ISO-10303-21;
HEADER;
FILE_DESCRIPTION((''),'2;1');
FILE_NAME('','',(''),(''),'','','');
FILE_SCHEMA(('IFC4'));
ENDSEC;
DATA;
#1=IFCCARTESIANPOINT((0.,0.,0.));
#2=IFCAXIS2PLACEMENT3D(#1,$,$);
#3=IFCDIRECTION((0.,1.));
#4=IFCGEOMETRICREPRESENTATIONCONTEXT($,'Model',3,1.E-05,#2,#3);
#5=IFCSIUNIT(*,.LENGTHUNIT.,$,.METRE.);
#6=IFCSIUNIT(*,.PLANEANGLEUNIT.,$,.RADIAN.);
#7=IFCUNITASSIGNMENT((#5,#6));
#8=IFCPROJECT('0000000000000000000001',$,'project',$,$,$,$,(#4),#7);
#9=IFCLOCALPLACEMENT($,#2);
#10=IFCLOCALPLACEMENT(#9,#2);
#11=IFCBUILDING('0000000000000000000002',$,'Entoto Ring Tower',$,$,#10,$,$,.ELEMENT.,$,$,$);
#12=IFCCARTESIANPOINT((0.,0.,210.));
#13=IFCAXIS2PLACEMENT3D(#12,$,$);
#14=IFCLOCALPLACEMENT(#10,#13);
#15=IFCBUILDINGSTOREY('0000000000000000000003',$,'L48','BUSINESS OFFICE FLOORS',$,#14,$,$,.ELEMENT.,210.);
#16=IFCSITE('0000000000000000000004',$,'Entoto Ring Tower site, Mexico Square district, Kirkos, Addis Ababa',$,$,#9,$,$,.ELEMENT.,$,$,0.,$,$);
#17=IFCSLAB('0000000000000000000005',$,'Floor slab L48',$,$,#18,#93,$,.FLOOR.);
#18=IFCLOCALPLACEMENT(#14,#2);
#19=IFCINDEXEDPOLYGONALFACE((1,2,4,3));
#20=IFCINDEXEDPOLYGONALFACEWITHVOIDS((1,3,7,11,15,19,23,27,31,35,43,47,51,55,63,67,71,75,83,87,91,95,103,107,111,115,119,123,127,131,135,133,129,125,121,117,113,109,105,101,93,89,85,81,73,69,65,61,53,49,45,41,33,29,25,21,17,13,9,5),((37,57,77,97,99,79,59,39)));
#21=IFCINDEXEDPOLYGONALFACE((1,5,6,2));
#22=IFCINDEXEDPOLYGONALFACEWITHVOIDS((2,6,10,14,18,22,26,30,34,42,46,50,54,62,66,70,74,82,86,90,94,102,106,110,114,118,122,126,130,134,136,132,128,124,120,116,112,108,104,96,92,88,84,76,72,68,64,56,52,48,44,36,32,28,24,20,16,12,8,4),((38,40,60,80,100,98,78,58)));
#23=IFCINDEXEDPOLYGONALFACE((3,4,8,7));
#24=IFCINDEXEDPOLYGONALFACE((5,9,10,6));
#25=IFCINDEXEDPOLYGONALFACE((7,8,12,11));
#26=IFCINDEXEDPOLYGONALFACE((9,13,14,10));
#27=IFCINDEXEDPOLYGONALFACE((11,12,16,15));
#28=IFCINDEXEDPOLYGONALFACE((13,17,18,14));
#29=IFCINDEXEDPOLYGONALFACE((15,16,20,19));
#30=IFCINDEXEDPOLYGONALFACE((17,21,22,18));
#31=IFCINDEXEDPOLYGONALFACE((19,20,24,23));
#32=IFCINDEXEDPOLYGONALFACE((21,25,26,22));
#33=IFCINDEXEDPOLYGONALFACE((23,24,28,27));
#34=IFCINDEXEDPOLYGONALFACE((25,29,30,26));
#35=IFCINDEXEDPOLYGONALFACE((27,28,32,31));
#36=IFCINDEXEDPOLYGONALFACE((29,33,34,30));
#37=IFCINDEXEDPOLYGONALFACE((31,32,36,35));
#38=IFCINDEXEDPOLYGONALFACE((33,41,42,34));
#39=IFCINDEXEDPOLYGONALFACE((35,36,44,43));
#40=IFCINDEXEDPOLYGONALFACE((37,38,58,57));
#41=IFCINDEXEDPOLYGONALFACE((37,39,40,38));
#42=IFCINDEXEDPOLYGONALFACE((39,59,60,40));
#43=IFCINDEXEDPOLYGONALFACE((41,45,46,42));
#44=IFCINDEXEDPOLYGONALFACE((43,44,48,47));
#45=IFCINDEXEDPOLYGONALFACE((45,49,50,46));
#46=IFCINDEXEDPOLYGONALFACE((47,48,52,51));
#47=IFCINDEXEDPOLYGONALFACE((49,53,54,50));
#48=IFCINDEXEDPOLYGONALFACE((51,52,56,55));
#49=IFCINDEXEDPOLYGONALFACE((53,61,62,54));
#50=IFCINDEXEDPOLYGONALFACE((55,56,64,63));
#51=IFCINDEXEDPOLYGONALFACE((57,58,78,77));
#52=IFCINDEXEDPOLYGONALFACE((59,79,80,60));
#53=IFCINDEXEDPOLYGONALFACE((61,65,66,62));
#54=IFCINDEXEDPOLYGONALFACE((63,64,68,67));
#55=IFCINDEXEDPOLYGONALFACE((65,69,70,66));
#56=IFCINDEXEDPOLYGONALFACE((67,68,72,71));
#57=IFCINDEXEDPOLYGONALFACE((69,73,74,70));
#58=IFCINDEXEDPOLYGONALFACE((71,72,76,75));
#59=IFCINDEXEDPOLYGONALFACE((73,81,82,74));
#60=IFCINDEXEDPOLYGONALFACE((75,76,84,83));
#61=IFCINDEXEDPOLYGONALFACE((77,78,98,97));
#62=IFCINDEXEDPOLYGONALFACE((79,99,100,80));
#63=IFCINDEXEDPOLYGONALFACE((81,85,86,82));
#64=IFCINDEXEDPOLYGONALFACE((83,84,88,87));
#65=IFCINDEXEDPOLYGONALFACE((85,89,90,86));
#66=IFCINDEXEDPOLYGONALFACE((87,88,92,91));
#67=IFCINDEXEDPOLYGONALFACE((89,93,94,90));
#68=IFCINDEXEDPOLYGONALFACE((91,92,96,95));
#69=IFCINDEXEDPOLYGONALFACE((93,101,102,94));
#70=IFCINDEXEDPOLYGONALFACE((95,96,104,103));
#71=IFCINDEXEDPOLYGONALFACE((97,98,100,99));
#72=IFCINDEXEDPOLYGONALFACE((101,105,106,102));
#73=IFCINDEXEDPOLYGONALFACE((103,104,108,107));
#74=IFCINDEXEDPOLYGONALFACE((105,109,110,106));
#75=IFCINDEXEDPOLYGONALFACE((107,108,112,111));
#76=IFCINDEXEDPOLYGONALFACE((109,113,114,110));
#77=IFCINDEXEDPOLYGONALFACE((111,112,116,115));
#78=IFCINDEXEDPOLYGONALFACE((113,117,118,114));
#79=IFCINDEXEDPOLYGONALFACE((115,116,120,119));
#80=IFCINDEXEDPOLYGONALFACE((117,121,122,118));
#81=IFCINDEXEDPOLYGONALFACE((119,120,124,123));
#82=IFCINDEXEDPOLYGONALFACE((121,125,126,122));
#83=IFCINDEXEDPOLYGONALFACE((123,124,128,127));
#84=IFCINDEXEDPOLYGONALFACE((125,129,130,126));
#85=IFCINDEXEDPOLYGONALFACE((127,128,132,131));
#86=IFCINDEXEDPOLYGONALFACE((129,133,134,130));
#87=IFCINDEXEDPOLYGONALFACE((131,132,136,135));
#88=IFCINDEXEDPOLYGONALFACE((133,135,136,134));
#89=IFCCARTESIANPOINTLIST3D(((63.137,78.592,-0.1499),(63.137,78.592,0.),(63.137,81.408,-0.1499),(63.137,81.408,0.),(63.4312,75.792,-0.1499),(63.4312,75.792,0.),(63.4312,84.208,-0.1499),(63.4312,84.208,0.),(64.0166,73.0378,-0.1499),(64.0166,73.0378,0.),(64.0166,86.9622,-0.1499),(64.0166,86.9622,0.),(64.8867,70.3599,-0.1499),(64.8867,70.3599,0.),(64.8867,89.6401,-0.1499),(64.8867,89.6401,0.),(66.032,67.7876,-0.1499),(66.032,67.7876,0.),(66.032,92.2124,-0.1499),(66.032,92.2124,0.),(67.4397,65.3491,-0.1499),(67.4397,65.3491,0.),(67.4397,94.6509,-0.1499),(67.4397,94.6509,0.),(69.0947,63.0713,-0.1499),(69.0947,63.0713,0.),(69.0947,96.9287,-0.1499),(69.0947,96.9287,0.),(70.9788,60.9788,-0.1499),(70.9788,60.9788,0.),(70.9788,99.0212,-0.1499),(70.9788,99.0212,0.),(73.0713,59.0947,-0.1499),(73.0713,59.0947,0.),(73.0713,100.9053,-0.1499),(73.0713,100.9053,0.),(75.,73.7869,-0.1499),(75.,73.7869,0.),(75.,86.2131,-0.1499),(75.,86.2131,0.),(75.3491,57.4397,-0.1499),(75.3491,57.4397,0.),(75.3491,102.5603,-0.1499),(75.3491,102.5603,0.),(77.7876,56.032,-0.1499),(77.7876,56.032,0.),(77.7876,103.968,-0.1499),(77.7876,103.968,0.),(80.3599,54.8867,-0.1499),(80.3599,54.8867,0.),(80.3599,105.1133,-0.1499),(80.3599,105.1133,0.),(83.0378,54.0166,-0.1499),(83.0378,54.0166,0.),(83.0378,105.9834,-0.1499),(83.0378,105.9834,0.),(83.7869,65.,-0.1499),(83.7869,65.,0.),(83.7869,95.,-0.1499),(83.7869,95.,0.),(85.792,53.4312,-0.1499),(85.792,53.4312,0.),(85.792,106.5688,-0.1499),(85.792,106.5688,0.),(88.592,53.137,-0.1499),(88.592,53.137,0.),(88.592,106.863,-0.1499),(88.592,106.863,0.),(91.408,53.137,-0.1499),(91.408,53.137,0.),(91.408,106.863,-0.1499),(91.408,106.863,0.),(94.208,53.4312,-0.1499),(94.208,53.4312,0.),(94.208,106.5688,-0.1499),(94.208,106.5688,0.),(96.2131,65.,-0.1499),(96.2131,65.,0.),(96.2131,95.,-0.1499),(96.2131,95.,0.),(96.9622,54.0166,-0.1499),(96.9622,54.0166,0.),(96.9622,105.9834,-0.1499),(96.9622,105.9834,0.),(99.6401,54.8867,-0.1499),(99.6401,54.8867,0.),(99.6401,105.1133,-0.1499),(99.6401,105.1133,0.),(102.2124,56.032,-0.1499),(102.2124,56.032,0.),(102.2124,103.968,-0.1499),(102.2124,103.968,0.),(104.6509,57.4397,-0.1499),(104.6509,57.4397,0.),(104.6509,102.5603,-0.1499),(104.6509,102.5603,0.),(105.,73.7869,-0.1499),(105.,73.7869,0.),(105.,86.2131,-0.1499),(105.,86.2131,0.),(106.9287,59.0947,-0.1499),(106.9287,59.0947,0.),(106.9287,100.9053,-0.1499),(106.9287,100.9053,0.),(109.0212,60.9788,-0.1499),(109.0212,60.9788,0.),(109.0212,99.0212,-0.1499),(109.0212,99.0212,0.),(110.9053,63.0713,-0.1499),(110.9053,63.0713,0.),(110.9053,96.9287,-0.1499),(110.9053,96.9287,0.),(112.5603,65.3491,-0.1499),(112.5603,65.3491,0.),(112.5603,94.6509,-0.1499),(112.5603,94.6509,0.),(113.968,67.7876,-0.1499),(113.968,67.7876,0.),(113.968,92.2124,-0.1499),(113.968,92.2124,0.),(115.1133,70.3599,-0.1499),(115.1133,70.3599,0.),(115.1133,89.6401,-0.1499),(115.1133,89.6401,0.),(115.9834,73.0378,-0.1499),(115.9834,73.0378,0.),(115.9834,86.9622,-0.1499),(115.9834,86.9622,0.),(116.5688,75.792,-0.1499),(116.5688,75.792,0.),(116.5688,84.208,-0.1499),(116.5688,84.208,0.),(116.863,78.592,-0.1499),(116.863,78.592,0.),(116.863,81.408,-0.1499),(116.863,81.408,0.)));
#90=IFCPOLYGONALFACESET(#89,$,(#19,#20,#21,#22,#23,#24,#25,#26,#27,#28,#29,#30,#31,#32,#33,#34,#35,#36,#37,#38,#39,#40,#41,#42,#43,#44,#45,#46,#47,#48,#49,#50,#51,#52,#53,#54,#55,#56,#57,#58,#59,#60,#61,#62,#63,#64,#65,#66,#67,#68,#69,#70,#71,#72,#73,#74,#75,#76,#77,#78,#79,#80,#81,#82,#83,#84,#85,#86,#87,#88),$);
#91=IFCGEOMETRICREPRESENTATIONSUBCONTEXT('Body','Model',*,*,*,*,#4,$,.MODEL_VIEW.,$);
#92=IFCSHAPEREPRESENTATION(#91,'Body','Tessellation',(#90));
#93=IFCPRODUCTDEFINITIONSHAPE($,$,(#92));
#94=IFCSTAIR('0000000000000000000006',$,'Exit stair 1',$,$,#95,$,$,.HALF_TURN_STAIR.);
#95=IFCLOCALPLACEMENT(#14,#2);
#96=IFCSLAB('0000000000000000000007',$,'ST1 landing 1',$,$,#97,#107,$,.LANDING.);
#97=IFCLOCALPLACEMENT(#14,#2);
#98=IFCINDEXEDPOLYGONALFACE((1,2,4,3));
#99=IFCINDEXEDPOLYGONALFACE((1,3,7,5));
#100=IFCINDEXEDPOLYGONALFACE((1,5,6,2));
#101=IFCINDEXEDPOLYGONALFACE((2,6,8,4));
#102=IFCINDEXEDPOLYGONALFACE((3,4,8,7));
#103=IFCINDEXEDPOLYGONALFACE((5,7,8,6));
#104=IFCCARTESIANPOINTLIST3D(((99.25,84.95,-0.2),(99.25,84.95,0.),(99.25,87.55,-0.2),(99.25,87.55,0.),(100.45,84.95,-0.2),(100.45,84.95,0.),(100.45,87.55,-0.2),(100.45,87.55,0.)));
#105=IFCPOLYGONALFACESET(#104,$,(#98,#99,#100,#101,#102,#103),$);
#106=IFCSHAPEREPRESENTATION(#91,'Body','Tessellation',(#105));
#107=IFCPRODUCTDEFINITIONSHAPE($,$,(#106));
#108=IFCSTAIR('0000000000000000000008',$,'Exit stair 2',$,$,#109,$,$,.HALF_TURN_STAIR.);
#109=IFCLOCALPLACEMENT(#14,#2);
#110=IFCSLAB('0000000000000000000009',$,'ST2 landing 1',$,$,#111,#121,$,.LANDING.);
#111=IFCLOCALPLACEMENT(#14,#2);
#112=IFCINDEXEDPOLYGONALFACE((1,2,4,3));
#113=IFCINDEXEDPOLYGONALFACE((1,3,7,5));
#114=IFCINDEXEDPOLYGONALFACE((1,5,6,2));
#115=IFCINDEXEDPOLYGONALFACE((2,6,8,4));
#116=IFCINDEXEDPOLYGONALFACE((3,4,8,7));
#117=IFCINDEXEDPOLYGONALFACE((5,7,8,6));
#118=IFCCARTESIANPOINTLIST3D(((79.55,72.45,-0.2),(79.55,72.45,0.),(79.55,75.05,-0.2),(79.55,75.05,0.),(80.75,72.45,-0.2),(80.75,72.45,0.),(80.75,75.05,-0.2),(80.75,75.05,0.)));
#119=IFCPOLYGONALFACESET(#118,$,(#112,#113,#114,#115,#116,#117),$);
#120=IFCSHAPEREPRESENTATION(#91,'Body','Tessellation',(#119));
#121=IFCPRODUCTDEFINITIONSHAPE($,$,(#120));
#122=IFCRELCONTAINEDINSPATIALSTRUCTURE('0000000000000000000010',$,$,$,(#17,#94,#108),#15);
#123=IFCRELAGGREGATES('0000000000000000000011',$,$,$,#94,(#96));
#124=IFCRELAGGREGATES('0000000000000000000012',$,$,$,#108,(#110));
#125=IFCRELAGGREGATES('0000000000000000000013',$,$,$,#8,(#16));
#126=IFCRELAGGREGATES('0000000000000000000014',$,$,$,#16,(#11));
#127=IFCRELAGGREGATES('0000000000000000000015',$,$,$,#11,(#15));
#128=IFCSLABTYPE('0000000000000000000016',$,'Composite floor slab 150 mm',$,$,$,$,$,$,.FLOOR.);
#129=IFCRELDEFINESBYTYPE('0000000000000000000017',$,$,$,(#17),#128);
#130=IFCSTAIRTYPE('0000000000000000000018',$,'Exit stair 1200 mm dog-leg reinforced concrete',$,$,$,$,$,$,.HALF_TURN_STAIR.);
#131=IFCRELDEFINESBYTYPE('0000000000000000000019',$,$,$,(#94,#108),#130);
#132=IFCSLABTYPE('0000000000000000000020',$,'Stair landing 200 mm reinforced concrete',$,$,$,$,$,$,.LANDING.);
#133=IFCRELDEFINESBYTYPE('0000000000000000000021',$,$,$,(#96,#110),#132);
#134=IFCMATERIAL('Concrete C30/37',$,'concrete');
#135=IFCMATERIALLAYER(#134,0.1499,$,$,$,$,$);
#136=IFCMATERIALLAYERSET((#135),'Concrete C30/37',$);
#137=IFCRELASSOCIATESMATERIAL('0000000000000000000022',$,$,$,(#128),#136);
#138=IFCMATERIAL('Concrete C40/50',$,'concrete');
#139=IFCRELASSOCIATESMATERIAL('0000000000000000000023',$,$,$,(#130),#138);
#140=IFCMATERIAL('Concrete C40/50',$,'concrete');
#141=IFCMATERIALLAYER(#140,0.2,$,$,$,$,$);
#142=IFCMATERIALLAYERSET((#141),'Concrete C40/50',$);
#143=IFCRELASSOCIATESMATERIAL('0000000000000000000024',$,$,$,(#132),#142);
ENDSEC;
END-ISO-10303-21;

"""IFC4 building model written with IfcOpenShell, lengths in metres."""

from ifc_helpers import new_model, si_unit, direction, frame, origin, place, context, subcontext, project, spatial, polyline, outline, extrude, material, layer, layer_set, type_object, element, aggregate, save


model = new_model("IFC4")

# Units and contexts
model_context = context("Model", 3, precision=1e-05, world=origin(), true_north=direction((0.0, 1.0)))
body_context = subcontext(model_context, "Body", "Model", "MODEL_VIEW")
ifc_project = project(units=[si_unit("LENGTHUNIT", "METRE"), si_unit("PLANEANGLEUNIT", "RADIAN")], contexts=[model_context])

# Site, building, storey
site_placement = place(None, origin())
building_placement = place(site_placement, origin())
storey_placement = place(building_placement, frame((0.0, 0.0, 210.0)))
site = spatial("IfcSite", under=ifc_project, at=site_placement, Name="Entoto Ring Tower site, Mexico Square district, Kirkos, Addis Ababa", CompositionType="ELEMENT", RefElevation=0.0)
building = spatial("IfcBuilding", under=site, at=building_placement, Name="Entoto Ring Tower", CompositionType="ELEMENT")
storey = spatial("IfcBuildingStorey", under=building, at=storey_placement, Name="L48", Description="BUSINESS OFFICE FLOORS", CompositionType="ELEMENT", Elevation=210.0)

# Slab
ifc_material_1 = material(Name="Concrete C30/37", Category="concrete")
ifc_layer_1 = layer(ifc_material_1, 0.1499)
ifc_layer_set_1 = layer_set([ifc_layer_1], Name="Concrete C30/37")
slab_type_1 = type_object("IfcSlabType", Name="Composite floor slab 150 mm", PredefinedType="FLOOR", material=ifc_layer_set_1)
slab_1_placement = place(storey_placement, frame((0.0, 0.0, -0.1499)))
element("IfcSlab", 1, at=slab_1_placement, inside=storey, type_object=slab_type_1, Name="Floor slab L48", PredefinedType="FLOOR", context=body_context, shape_type="SweptSolid", body=[
    extrude(outline(polyline([(116.5688, 84.208), (115.9834, 86.9622), (115.1133, 89.6401), (113.968, 92.2124), (112.5603, 94.6509), (110.9053, 96.9287), (109.0212, 99.0212), (106.9287, 100.9053), (104.6509, 102.5603), (102.2124, 103.968), (99.6401, 105.1133), (96.9622, 105.9834), (94.208, 106.5688), (91.408, 106.863), (88.592, 106.863), (85.792, 106.5688), (83.0378, 105.9834), (80.3599, 105.1133), (77.7876, 103.968), (75.3491, 102.5603), (73.0713, 100.9053), (70.9788, 99.0212), (69.0947, 96.9287), (67.4397, 94.6509), (66.032, 92.2124), (64.8867, 89.6401), (64.0166, 86.9622), (63.4312, 84.208), (63.137, 81.408), (63.137, 78.592), (63.4312, 75.792), (64.0166, 73.0378), (64.8867, 70.3599), (66.032, 67.7876), (67.4397, 65.3491), (69.0947, 63.0713), (70.9788, 60.9788), (73.0713, 59.0947), (75.3491, 57.4397), (77.7876, 56.032), (80.3599, 54.8867), (83.0378, 54.0166), (85.792, 53.4312), (88.592, 53.137), (91.408, 53.137), (94.208, 53.4312), (96.9622, 54.0166), (99.6401, 54.8867), (102.2124, 56.032), (104.6509, 57.4397), (106.9287, 59.0947), (109.0212, 60.9788), (110.9053, 63.0713), (112.5603, 65.3491), (113.968, 67.7876), (115.1133, 70.3599), (115.9834, 73.0378), (116.5688, 75.792), (116.863, 78.592), (116.863, 81.408), (116.5688, 84.208)]), holes=[polyline([(105.0, 73.7869), (105.0, 86.2131), (96.2131, 95.0), (83.7869, 95.0), (75.0, 86.2131), (75.0, 73.7869), (83.7869, 65.0), (96.2131, 65.0), (105.0, 73.7869)])]), origin(), (0.0, 0.0, 1.0), 0.1499),
])

# Stairs, slabs
ifc_material_2 = material(Name="Concrete C40/50", Category="concrete")
stair_type = type_object("IfcStairType", Name="Exit stair 1200 mm dog-leg reinforced concrete", PredefinedType="HALF_TURN_STAIR", material=ifc_material_2)
stair_1_placement = place(storey_placement, origin())
stair_1 = element("IfcStair", 2, at=stair_1_placement, inside=storey, type_object=stair_type, Name="Exit stair 1", PredefinedType="HALF_TURN_STAIR")
ifc_material_3 = material(Name="Concrete C40/50", Category="concrete")
ifc_layer_2 = layer(ifc_material_3, 0.2)
ifc_layer_set_2 = layer_set([ifc_layer_2], Name="Concrete C40/50")
slab_type_2 = type_object("IfcSlabType", Name="Stair landing 200 mm reinforced concrete", PredefinedType="LANDING", material=ifc_layer_set_2)
slab_2_placement = place(storey_placement, frame((0.0, 0.0, -0.2)))
slab_2 = element("IfcSlab", 3, at=slab_2_placement, type_object=slab_type_2, Name="ST1 landing 1", PredefinedType="LANDING", context=body_context, shape_type="SweptSolid", body=[
    extrude(outline(polyline([(100.45, 84.95), (100.45, 87.55), (99.25, 87.55), (99.25, 84.95), (100.45, 84.95)])), origin(), (0.0, 0.0, 1.0), 0.2),
])
aggregate(stair_1, [slab_2])
stair_2_placement = place(storey_placement, origin())
stair_2 = element("IfcStair", 4, at=stair_2_placement, inside=storey, type_object=stair_type, Name="Exit stair 2", PredefinedType="HALF_TURN_STAIR")
slab_3_placement = place(storey_placement, frame((0.0, 0.0, -0.2)))
slab_3 = element("IfcSlab", 5, at=slab_3_placement, type_object=slab_type_2, Name="ST2 landing 1", PredefinedType="LANDING", context=body_context, shape_type="SweptSolid", body=[
    extrude(outline(polyline([(80.75, 72.45), (80.75, 75.05), (79.55, 75.05), (79.55, 72.45), (80.75, 72.45)])), origin(), (0.0, 0.0, 1.0), 0.2),
])
aggregate(stair_2, [slab_3])

save(model, "model.ifc")
